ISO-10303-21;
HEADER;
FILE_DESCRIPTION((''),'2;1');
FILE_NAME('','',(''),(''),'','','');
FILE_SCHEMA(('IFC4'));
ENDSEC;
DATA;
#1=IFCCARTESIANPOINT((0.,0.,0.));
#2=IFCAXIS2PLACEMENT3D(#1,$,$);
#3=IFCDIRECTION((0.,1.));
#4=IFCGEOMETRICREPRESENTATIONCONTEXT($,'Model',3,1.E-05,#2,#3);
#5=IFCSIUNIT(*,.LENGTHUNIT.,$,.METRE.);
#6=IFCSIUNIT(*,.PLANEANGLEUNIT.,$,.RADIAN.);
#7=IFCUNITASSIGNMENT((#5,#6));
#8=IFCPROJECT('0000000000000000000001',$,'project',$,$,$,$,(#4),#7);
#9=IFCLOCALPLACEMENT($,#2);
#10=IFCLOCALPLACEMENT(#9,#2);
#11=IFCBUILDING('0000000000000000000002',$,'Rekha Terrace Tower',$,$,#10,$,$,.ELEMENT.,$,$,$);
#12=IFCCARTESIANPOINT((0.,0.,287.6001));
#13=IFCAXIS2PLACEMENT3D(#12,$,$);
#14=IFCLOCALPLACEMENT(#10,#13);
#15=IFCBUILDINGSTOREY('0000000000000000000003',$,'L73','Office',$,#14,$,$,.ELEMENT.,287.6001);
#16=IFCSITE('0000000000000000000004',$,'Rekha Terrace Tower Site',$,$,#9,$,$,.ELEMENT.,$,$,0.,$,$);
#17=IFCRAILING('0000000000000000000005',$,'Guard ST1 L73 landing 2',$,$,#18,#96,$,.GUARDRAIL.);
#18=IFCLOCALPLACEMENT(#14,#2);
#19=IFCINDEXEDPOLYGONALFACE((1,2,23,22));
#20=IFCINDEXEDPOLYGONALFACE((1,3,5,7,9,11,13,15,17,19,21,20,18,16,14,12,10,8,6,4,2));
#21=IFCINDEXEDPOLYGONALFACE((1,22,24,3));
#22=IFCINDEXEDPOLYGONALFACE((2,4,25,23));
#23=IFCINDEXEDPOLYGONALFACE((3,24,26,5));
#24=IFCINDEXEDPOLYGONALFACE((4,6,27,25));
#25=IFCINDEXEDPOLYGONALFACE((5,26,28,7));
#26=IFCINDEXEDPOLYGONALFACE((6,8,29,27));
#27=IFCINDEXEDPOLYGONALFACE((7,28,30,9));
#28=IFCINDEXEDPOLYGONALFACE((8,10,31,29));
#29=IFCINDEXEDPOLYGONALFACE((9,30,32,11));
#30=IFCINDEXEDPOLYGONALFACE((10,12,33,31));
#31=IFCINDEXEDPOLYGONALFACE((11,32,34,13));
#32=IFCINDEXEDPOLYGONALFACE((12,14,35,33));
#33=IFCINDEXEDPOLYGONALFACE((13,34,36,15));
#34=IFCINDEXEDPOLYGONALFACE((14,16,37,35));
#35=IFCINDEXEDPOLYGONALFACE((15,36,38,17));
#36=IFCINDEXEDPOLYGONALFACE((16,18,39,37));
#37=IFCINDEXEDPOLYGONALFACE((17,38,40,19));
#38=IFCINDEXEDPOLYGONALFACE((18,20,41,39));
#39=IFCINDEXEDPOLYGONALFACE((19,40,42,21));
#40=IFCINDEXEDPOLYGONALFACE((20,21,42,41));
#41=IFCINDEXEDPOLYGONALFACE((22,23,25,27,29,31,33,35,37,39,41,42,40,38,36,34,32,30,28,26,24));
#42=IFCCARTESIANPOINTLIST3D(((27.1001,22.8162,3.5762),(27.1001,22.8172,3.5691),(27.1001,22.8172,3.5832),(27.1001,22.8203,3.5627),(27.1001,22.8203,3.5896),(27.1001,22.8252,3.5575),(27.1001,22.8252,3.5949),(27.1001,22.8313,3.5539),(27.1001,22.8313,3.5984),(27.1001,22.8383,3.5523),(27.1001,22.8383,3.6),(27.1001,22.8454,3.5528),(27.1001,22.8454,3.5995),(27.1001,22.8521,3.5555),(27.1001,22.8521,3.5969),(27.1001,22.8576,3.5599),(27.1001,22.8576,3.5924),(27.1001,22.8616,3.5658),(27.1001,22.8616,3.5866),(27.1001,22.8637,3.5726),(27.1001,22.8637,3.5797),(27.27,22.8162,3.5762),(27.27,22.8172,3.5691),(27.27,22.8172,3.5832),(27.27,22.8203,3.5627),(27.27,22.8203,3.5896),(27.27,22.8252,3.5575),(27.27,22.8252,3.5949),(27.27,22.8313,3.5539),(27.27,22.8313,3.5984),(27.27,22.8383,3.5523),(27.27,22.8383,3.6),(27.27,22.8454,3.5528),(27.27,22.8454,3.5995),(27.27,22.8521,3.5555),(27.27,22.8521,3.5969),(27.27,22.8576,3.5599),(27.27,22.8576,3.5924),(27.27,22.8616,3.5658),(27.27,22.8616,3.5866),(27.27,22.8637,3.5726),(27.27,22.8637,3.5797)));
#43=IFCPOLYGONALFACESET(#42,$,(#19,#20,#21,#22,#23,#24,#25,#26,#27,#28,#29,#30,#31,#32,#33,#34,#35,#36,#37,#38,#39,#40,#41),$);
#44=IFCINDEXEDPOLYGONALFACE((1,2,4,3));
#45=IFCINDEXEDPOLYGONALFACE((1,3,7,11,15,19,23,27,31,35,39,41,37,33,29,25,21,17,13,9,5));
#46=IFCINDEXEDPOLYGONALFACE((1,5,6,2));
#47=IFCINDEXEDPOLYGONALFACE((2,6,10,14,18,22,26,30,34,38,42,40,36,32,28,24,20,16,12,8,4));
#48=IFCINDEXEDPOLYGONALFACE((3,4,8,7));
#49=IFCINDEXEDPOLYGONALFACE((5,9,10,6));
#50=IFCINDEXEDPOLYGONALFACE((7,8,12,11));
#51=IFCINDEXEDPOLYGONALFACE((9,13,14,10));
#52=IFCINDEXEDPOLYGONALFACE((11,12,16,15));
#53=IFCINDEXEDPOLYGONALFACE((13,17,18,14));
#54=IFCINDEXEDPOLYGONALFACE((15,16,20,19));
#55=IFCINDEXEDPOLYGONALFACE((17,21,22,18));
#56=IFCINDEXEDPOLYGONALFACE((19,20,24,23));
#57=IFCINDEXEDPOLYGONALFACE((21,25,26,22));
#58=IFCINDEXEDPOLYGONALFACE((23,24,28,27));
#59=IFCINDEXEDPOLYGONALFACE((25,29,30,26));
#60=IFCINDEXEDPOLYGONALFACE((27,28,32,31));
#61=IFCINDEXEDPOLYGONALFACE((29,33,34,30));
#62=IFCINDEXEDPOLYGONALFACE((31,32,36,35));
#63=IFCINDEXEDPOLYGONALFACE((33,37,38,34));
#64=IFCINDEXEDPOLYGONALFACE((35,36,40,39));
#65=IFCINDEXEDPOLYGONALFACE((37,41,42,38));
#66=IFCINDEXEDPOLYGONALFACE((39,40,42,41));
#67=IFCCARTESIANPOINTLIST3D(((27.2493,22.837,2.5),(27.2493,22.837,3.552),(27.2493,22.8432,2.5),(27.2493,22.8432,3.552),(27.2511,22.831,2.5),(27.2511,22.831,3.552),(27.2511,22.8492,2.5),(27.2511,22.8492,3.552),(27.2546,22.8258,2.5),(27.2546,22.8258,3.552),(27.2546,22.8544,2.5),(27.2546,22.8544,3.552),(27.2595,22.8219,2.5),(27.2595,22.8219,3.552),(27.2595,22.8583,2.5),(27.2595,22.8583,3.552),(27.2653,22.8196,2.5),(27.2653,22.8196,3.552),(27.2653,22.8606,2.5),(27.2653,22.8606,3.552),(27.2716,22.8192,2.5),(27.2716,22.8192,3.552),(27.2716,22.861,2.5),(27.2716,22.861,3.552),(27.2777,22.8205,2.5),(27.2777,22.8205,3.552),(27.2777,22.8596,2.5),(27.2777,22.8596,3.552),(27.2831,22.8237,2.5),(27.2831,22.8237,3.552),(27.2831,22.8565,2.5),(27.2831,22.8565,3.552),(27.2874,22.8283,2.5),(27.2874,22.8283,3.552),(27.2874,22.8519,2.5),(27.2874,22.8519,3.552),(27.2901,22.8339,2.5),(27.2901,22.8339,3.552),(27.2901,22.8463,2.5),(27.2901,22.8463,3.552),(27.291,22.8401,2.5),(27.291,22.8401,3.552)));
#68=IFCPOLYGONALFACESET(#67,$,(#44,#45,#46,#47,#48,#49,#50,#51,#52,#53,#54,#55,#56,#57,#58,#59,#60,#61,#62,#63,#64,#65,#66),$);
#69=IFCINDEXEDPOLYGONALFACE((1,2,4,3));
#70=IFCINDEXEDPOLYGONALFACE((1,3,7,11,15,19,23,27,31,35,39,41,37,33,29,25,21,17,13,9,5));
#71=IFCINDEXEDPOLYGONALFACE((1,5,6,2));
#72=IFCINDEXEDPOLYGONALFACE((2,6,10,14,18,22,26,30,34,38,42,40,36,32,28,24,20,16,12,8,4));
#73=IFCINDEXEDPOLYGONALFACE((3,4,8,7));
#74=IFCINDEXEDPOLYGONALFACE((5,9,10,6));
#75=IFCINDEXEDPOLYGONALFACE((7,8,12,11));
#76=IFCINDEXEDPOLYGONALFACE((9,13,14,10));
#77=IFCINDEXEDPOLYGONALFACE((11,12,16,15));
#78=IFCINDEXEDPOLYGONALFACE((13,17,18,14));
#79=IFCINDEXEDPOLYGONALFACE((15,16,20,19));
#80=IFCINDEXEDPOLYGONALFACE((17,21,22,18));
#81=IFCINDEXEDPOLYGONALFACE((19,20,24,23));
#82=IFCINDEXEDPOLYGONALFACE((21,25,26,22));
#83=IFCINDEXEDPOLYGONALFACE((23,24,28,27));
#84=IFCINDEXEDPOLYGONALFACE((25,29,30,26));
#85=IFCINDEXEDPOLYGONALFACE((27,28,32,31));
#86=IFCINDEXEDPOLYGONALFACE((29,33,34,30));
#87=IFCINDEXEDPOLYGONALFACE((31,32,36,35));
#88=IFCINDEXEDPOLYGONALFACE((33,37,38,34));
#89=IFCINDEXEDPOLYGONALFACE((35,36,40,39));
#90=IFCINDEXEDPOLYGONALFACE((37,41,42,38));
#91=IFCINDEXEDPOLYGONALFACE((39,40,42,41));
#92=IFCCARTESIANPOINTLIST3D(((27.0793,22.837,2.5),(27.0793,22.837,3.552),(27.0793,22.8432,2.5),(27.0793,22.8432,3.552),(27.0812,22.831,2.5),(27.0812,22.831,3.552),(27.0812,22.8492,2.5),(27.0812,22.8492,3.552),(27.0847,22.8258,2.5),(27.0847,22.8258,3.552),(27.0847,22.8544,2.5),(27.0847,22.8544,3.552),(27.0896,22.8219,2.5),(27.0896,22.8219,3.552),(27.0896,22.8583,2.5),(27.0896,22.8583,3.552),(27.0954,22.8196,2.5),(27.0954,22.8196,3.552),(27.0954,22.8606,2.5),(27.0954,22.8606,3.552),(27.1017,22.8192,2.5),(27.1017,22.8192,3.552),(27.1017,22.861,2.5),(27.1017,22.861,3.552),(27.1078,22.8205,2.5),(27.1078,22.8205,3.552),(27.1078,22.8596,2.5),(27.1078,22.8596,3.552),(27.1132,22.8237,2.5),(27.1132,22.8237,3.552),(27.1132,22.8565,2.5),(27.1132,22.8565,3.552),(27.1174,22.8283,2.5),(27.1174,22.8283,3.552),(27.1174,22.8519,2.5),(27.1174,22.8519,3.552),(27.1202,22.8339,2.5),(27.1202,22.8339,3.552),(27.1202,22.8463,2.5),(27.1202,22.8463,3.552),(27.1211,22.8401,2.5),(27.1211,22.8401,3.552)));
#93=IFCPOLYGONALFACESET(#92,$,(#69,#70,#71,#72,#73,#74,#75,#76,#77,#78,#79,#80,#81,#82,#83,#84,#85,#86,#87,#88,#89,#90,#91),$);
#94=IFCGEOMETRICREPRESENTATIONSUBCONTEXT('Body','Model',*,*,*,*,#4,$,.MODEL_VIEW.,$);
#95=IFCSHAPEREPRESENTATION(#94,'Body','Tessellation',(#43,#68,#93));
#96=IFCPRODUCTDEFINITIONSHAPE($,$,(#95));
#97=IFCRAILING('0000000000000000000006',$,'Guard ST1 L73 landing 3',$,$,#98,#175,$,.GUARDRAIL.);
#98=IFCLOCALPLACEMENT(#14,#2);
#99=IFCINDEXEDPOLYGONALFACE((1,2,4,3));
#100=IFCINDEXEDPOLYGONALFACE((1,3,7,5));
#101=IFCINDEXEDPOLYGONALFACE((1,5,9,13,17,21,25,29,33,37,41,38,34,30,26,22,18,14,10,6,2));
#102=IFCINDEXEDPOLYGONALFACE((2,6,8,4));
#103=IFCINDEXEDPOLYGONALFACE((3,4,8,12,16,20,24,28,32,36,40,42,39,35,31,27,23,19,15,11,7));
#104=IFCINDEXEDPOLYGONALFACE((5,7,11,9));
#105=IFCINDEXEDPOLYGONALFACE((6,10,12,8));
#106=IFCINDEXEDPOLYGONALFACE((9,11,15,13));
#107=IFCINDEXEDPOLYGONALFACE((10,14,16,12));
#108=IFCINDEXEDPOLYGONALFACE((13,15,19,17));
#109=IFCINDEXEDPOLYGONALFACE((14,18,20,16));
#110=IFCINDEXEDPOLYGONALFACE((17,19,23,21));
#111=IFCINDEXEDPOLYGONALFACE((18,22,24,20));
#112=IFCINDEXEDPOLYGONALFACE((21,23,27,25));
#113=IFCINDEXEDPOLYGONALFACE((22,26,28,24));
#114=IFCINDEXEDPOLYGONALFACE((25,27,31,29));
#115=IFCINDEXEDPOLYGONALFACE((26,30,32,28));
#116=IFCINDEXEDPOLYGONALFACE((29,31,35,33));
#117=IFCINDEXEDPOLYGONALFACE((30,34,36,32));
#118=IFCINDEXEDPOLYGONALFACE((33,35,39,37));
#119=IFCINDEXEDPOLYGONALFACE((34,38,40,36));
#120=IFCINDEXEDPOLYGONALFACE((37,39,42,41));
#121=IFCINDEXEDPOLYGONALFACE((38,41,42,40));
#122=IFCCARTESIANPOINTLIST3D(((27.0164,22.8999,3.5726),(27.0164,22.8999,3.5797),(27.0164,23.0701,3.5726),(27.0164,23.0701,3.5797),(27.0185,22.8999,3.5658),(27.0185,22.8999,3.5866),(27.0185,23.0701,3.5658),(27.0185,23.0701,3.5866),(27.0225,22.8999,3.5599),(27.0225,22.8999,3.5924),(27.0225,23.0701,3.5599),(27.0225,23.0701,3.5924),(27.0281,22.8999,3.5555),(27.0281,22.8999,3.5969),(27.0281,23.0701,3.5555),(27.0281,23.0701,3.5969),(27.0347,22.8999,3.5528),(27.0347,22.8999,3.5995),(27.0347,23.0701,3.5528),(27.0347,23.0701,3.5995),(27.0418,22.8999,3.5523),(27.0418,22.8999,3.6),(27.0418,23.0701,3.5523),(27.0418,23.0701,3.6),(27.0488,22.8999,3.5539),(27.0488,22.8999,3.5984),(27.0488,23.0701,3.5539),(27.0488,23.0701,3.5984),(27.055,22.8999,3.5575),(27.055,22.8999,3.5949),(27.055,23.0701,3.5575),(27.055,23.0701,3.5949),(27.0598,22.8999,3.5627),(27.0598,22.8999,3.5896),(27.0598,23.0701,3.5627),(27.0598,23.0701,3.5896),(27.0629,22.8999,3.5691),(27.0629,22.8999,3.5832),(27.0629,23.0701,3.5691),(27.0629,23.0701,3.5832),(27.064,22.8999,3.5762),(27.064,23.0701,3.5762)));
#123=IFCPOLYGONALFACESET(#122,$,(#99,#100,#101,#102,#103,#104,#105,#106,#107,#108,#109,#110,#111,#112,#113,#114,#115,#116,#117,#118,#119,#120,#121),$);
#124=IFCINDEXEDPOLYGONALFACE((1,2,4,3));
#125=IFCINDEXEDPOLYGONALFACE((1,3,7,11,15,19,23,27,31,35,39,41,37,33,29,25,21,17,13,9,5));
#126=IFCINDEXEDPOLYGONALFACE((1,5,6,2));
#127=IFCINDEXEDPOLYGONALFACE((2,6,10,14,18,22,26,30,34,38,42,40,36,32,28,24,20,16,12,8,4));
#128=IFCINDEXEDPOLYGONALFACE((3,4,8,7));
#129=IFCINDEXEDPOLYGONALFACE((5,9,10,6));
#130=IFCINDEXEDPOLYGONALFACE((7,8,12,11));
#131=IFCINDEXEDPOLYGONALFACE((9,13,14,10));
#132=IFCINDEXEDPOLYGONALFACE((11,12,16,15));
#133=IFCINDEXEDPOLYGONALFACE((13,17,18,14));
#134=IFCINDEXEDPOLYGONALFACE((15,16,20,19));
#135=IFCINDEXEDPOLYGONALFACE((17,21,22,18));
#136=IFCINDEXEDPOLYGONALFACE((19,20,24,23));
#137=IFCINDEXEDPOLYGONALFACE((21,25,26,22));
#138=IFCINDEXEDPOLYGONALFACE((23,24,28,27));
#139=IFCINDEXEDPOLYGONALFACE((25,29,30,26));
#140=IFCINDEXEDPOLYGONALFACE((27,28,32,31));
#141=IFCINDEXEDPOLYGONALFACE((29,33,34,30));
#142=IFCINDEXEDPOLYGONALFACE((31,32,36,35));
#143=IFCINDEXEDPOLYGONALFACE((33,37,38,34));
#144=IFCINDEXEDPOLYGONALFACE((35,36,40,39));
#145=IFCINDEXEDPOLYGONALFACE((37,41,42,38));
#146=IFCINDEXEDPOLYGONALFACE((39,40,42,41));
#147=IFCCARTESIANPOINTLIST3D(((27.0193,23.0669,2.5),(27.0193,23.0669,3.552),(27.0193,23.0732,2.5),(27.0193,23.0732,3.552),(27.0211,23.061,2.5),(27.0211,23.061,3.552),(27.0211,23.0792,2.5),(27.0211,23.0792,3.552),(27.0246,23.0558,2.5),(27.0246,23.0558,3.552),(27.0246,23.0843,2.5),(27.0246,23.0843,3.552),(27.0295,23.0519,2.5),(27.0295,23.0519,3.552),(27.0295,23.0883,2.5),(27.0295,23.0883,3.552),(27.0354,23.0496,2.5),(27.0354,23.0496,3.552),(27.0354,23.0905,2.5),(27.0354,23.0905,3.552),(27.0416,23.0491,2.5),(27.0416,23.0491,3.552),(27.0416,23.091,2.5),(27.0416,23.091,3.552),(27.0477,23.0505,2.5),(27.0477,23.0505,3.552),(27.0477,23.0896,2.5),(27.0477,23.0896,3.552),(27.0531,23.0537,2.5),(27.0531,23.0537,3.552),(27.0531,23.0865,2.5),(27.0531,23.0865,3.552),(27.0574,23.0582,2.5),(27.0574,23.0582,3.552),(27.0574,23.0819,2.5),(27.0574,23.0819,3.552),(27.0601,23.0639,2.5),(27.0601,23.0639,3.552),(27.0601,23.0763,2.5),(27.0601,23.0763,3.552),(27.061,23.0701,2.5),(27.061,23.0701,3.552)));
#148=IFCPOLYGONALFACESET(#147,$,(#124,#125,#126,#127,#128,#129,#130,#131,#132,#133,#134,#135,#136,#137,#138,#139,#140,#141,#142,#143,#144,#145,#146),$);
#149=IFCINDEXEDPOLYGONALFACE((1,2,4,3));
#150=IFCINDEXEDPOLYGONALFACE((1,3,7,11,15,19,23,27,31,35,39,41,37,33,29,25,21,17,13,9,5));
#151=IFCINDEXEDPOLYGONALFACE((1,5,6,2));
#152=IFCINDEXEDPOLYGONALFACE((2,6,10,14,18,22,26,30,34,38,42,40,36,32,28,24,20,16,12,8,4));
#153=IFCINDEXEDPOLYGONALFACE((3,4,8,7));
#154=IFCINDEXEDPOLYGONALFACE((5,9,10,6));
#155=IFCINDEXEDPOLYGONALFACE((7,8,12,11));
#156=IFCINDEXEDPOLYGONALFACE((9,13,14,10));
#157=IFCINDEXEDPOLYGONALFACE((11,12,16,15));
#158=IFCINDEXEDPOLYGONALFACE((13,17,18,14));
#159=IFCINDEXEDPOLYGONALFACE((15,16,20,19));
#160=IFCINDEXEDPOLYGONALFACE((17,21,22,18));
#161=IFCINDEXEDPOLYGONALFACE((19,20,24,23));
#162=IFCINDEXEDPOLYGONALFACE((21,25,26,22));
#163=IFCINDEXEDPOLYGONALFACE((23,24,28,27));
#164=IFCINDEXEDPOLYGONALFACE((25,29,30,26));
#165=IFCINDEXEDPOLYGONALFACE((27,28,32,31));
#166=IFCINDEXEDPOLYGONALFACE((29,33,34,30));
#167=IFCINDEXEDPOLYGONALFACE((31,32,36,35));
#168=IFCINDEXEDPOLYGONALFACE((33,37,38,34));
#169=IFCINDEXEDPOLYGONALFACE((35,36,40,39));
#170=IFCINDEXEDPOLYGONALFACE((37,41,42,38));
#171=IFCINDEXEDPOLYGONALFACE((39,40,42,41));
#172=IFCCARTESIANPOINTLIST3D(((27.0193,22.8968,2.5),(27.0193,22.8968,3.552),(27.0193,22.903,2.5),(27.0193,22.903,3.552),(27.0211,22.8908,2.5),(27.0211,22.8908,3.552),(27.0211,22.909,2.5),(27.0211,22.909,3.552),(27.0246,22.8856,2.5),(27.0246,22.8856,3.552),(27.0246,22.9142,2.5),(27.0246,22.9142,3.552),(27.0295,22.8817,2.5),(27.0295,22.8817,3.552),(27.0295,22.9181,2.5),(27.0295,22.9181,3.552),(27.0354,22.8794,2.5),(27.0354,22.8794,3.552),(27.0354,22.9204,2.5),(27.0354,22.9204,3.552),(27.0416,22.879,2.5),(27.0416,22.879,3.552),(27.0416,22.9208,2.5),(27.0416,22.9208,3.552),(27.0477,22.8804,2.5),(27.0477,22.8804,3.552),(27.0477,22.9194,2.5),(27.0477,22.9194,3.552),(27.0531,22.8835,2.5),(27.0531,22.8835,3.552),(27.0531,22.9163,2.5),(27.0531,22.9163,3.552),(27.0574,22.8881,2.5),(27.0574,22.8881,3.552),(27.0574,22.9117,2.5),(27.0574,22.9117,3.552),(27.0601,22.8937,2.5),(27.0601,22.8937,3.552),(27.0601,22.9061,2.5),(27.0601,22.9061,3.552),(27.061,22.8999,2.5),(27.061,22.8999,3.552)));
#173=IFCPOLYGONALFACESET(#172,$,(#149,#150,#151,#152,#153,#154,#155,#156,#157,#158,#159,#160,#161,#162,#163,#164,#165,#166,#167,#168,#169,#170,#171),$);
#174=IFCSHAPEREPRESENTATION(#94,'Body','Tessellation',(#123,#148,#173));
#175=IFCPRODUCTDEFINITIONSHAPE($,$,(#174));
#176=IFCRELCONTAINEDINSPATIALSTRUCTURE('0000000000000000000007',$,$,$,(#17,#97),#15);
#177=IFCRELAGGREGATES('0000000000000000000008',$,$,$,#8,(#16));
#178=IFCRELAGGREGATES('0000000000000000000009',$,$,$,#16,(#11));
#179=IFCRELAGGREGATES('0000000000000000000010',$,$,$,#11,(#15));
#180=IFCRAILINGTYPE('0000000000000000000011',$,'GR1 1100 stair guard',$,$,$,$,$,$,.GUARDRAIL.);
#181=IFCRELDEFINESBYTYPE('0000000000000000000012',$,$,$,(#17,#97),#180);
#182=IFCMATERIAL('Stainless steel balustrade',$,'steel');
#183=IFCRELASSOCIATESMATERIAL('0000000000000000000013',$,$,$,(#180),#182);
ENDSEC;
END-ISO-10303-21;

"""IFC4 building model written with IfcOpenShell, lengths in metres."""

from ifc_helpers import new_model, si_unit, direction, frame, origin, origin_2d, place, context, subcontext, project, spatial, circle, extrude, material, type_object, element, save


model = new_model("IFC4")

# Units and contexts
model_context = context("Model", 3, precision=1e-05, world=origin(), true_north=direction((0.0, 1.0)))
body_context = subcontext(model_context, "Body", "Model", "MODEL_VIEW")
ifc_project = project(units=[si_unit("LENGTHUNIT", "METRE"), si_unit("PLANEANGLEUNIT", "RADIAN")], contexts=[model_context])

# Site, building, storey
site_placement = place(None, origin())
site = spatial("IfcSite", under=ifc_project, at=site_placement, Name="Rekha Terrace Tower Site", CompositionType="ELEMENT", RefElevation=0.0)
building_placement = place(site_placement, origin())
building = spatial("IfcBuilding", under=site, at=building_placement, Name="Rekha Terrace Tower", CompositionType="ELEMENT")
storey_placement = place(building_placement, frame((0.0, 0.0, 287.6001)))
storey = spatial("IfcBuildingStorey", under=building, at=storey_placement, Name="L73", Description="Office", CompositionType="ELEMENT", Elevation=287.6001)

# Railings
ifc_material_1 = material(Name="Stainless steel balustrade", Category="steel")
railing_type_1 = type_object("IfcRailingType", Name="GR1 1100 stair guard", PredefinedType="GUARDRAIL", material=ifc_material_1)
railing_1_placement = place(storey_placement, frame((27.27, 22.8401, 2.5)))
element("IfcRailing", 1, at=railing_1_placement, inside=storey, type_object=railing_type_1, Name="Guard ST1 L73 landing 2", PredefinedType="GUARDRAIL", context=body_context, shape_type="SweptSolid", body=[
    extrude(circle(Radius=0.0239, at=origin_2d()), frame((0.0, 0.0, 1.0762), z_axis=(-1.0, 0.0, 0.0), x_axis=(0.0, -1.0, 0.0)), (0.0, 0.0, 1.0), 0.1699),
    extrude(circle(Radius=0.021, at=origin_2d()), origin(), (0.0, 0.0, 1.0), 1.052),
    extrude(circle(Radius=0.021, at=origin_2d()), frame((-0.1699, 0.0, 0.0)), (0.0, 0.0, 1.0), 1.052),
])
railing_2_placement = place(storey_placement, frame((27.04, 23.0701, 2.5)))
element("IfcRailing", 2, at=railing_2_placement, inside=storey, type_object=railing_type_1, Name="Guard ST1 L73 landing 3", PredefinedType="GUARDRAIL", context=body_context, shape_type="SweptSolid", body=[
    extrude(circle(Radius=0.0239, at=origin_2d()), frame((0.0, 0.0, 1.0762), z_axis=(0.0, -1.0, 0.0), x_axis=(1.0, 0.0, 0.0)), (0.0, 0.0, 1.0), 0.1702),
    extrude(circle(Radius=0.021, at=origin_2d()), origin(), (0.0, 0.0, 1.0), 1.052),
    extrude(circle(Radius=0.021, at=origin_2d()), frame((0.0, -0.1702, 0.0)), (0.0, 0.0, 1.0), 1.052),
])

save(model, "model.ifc")
